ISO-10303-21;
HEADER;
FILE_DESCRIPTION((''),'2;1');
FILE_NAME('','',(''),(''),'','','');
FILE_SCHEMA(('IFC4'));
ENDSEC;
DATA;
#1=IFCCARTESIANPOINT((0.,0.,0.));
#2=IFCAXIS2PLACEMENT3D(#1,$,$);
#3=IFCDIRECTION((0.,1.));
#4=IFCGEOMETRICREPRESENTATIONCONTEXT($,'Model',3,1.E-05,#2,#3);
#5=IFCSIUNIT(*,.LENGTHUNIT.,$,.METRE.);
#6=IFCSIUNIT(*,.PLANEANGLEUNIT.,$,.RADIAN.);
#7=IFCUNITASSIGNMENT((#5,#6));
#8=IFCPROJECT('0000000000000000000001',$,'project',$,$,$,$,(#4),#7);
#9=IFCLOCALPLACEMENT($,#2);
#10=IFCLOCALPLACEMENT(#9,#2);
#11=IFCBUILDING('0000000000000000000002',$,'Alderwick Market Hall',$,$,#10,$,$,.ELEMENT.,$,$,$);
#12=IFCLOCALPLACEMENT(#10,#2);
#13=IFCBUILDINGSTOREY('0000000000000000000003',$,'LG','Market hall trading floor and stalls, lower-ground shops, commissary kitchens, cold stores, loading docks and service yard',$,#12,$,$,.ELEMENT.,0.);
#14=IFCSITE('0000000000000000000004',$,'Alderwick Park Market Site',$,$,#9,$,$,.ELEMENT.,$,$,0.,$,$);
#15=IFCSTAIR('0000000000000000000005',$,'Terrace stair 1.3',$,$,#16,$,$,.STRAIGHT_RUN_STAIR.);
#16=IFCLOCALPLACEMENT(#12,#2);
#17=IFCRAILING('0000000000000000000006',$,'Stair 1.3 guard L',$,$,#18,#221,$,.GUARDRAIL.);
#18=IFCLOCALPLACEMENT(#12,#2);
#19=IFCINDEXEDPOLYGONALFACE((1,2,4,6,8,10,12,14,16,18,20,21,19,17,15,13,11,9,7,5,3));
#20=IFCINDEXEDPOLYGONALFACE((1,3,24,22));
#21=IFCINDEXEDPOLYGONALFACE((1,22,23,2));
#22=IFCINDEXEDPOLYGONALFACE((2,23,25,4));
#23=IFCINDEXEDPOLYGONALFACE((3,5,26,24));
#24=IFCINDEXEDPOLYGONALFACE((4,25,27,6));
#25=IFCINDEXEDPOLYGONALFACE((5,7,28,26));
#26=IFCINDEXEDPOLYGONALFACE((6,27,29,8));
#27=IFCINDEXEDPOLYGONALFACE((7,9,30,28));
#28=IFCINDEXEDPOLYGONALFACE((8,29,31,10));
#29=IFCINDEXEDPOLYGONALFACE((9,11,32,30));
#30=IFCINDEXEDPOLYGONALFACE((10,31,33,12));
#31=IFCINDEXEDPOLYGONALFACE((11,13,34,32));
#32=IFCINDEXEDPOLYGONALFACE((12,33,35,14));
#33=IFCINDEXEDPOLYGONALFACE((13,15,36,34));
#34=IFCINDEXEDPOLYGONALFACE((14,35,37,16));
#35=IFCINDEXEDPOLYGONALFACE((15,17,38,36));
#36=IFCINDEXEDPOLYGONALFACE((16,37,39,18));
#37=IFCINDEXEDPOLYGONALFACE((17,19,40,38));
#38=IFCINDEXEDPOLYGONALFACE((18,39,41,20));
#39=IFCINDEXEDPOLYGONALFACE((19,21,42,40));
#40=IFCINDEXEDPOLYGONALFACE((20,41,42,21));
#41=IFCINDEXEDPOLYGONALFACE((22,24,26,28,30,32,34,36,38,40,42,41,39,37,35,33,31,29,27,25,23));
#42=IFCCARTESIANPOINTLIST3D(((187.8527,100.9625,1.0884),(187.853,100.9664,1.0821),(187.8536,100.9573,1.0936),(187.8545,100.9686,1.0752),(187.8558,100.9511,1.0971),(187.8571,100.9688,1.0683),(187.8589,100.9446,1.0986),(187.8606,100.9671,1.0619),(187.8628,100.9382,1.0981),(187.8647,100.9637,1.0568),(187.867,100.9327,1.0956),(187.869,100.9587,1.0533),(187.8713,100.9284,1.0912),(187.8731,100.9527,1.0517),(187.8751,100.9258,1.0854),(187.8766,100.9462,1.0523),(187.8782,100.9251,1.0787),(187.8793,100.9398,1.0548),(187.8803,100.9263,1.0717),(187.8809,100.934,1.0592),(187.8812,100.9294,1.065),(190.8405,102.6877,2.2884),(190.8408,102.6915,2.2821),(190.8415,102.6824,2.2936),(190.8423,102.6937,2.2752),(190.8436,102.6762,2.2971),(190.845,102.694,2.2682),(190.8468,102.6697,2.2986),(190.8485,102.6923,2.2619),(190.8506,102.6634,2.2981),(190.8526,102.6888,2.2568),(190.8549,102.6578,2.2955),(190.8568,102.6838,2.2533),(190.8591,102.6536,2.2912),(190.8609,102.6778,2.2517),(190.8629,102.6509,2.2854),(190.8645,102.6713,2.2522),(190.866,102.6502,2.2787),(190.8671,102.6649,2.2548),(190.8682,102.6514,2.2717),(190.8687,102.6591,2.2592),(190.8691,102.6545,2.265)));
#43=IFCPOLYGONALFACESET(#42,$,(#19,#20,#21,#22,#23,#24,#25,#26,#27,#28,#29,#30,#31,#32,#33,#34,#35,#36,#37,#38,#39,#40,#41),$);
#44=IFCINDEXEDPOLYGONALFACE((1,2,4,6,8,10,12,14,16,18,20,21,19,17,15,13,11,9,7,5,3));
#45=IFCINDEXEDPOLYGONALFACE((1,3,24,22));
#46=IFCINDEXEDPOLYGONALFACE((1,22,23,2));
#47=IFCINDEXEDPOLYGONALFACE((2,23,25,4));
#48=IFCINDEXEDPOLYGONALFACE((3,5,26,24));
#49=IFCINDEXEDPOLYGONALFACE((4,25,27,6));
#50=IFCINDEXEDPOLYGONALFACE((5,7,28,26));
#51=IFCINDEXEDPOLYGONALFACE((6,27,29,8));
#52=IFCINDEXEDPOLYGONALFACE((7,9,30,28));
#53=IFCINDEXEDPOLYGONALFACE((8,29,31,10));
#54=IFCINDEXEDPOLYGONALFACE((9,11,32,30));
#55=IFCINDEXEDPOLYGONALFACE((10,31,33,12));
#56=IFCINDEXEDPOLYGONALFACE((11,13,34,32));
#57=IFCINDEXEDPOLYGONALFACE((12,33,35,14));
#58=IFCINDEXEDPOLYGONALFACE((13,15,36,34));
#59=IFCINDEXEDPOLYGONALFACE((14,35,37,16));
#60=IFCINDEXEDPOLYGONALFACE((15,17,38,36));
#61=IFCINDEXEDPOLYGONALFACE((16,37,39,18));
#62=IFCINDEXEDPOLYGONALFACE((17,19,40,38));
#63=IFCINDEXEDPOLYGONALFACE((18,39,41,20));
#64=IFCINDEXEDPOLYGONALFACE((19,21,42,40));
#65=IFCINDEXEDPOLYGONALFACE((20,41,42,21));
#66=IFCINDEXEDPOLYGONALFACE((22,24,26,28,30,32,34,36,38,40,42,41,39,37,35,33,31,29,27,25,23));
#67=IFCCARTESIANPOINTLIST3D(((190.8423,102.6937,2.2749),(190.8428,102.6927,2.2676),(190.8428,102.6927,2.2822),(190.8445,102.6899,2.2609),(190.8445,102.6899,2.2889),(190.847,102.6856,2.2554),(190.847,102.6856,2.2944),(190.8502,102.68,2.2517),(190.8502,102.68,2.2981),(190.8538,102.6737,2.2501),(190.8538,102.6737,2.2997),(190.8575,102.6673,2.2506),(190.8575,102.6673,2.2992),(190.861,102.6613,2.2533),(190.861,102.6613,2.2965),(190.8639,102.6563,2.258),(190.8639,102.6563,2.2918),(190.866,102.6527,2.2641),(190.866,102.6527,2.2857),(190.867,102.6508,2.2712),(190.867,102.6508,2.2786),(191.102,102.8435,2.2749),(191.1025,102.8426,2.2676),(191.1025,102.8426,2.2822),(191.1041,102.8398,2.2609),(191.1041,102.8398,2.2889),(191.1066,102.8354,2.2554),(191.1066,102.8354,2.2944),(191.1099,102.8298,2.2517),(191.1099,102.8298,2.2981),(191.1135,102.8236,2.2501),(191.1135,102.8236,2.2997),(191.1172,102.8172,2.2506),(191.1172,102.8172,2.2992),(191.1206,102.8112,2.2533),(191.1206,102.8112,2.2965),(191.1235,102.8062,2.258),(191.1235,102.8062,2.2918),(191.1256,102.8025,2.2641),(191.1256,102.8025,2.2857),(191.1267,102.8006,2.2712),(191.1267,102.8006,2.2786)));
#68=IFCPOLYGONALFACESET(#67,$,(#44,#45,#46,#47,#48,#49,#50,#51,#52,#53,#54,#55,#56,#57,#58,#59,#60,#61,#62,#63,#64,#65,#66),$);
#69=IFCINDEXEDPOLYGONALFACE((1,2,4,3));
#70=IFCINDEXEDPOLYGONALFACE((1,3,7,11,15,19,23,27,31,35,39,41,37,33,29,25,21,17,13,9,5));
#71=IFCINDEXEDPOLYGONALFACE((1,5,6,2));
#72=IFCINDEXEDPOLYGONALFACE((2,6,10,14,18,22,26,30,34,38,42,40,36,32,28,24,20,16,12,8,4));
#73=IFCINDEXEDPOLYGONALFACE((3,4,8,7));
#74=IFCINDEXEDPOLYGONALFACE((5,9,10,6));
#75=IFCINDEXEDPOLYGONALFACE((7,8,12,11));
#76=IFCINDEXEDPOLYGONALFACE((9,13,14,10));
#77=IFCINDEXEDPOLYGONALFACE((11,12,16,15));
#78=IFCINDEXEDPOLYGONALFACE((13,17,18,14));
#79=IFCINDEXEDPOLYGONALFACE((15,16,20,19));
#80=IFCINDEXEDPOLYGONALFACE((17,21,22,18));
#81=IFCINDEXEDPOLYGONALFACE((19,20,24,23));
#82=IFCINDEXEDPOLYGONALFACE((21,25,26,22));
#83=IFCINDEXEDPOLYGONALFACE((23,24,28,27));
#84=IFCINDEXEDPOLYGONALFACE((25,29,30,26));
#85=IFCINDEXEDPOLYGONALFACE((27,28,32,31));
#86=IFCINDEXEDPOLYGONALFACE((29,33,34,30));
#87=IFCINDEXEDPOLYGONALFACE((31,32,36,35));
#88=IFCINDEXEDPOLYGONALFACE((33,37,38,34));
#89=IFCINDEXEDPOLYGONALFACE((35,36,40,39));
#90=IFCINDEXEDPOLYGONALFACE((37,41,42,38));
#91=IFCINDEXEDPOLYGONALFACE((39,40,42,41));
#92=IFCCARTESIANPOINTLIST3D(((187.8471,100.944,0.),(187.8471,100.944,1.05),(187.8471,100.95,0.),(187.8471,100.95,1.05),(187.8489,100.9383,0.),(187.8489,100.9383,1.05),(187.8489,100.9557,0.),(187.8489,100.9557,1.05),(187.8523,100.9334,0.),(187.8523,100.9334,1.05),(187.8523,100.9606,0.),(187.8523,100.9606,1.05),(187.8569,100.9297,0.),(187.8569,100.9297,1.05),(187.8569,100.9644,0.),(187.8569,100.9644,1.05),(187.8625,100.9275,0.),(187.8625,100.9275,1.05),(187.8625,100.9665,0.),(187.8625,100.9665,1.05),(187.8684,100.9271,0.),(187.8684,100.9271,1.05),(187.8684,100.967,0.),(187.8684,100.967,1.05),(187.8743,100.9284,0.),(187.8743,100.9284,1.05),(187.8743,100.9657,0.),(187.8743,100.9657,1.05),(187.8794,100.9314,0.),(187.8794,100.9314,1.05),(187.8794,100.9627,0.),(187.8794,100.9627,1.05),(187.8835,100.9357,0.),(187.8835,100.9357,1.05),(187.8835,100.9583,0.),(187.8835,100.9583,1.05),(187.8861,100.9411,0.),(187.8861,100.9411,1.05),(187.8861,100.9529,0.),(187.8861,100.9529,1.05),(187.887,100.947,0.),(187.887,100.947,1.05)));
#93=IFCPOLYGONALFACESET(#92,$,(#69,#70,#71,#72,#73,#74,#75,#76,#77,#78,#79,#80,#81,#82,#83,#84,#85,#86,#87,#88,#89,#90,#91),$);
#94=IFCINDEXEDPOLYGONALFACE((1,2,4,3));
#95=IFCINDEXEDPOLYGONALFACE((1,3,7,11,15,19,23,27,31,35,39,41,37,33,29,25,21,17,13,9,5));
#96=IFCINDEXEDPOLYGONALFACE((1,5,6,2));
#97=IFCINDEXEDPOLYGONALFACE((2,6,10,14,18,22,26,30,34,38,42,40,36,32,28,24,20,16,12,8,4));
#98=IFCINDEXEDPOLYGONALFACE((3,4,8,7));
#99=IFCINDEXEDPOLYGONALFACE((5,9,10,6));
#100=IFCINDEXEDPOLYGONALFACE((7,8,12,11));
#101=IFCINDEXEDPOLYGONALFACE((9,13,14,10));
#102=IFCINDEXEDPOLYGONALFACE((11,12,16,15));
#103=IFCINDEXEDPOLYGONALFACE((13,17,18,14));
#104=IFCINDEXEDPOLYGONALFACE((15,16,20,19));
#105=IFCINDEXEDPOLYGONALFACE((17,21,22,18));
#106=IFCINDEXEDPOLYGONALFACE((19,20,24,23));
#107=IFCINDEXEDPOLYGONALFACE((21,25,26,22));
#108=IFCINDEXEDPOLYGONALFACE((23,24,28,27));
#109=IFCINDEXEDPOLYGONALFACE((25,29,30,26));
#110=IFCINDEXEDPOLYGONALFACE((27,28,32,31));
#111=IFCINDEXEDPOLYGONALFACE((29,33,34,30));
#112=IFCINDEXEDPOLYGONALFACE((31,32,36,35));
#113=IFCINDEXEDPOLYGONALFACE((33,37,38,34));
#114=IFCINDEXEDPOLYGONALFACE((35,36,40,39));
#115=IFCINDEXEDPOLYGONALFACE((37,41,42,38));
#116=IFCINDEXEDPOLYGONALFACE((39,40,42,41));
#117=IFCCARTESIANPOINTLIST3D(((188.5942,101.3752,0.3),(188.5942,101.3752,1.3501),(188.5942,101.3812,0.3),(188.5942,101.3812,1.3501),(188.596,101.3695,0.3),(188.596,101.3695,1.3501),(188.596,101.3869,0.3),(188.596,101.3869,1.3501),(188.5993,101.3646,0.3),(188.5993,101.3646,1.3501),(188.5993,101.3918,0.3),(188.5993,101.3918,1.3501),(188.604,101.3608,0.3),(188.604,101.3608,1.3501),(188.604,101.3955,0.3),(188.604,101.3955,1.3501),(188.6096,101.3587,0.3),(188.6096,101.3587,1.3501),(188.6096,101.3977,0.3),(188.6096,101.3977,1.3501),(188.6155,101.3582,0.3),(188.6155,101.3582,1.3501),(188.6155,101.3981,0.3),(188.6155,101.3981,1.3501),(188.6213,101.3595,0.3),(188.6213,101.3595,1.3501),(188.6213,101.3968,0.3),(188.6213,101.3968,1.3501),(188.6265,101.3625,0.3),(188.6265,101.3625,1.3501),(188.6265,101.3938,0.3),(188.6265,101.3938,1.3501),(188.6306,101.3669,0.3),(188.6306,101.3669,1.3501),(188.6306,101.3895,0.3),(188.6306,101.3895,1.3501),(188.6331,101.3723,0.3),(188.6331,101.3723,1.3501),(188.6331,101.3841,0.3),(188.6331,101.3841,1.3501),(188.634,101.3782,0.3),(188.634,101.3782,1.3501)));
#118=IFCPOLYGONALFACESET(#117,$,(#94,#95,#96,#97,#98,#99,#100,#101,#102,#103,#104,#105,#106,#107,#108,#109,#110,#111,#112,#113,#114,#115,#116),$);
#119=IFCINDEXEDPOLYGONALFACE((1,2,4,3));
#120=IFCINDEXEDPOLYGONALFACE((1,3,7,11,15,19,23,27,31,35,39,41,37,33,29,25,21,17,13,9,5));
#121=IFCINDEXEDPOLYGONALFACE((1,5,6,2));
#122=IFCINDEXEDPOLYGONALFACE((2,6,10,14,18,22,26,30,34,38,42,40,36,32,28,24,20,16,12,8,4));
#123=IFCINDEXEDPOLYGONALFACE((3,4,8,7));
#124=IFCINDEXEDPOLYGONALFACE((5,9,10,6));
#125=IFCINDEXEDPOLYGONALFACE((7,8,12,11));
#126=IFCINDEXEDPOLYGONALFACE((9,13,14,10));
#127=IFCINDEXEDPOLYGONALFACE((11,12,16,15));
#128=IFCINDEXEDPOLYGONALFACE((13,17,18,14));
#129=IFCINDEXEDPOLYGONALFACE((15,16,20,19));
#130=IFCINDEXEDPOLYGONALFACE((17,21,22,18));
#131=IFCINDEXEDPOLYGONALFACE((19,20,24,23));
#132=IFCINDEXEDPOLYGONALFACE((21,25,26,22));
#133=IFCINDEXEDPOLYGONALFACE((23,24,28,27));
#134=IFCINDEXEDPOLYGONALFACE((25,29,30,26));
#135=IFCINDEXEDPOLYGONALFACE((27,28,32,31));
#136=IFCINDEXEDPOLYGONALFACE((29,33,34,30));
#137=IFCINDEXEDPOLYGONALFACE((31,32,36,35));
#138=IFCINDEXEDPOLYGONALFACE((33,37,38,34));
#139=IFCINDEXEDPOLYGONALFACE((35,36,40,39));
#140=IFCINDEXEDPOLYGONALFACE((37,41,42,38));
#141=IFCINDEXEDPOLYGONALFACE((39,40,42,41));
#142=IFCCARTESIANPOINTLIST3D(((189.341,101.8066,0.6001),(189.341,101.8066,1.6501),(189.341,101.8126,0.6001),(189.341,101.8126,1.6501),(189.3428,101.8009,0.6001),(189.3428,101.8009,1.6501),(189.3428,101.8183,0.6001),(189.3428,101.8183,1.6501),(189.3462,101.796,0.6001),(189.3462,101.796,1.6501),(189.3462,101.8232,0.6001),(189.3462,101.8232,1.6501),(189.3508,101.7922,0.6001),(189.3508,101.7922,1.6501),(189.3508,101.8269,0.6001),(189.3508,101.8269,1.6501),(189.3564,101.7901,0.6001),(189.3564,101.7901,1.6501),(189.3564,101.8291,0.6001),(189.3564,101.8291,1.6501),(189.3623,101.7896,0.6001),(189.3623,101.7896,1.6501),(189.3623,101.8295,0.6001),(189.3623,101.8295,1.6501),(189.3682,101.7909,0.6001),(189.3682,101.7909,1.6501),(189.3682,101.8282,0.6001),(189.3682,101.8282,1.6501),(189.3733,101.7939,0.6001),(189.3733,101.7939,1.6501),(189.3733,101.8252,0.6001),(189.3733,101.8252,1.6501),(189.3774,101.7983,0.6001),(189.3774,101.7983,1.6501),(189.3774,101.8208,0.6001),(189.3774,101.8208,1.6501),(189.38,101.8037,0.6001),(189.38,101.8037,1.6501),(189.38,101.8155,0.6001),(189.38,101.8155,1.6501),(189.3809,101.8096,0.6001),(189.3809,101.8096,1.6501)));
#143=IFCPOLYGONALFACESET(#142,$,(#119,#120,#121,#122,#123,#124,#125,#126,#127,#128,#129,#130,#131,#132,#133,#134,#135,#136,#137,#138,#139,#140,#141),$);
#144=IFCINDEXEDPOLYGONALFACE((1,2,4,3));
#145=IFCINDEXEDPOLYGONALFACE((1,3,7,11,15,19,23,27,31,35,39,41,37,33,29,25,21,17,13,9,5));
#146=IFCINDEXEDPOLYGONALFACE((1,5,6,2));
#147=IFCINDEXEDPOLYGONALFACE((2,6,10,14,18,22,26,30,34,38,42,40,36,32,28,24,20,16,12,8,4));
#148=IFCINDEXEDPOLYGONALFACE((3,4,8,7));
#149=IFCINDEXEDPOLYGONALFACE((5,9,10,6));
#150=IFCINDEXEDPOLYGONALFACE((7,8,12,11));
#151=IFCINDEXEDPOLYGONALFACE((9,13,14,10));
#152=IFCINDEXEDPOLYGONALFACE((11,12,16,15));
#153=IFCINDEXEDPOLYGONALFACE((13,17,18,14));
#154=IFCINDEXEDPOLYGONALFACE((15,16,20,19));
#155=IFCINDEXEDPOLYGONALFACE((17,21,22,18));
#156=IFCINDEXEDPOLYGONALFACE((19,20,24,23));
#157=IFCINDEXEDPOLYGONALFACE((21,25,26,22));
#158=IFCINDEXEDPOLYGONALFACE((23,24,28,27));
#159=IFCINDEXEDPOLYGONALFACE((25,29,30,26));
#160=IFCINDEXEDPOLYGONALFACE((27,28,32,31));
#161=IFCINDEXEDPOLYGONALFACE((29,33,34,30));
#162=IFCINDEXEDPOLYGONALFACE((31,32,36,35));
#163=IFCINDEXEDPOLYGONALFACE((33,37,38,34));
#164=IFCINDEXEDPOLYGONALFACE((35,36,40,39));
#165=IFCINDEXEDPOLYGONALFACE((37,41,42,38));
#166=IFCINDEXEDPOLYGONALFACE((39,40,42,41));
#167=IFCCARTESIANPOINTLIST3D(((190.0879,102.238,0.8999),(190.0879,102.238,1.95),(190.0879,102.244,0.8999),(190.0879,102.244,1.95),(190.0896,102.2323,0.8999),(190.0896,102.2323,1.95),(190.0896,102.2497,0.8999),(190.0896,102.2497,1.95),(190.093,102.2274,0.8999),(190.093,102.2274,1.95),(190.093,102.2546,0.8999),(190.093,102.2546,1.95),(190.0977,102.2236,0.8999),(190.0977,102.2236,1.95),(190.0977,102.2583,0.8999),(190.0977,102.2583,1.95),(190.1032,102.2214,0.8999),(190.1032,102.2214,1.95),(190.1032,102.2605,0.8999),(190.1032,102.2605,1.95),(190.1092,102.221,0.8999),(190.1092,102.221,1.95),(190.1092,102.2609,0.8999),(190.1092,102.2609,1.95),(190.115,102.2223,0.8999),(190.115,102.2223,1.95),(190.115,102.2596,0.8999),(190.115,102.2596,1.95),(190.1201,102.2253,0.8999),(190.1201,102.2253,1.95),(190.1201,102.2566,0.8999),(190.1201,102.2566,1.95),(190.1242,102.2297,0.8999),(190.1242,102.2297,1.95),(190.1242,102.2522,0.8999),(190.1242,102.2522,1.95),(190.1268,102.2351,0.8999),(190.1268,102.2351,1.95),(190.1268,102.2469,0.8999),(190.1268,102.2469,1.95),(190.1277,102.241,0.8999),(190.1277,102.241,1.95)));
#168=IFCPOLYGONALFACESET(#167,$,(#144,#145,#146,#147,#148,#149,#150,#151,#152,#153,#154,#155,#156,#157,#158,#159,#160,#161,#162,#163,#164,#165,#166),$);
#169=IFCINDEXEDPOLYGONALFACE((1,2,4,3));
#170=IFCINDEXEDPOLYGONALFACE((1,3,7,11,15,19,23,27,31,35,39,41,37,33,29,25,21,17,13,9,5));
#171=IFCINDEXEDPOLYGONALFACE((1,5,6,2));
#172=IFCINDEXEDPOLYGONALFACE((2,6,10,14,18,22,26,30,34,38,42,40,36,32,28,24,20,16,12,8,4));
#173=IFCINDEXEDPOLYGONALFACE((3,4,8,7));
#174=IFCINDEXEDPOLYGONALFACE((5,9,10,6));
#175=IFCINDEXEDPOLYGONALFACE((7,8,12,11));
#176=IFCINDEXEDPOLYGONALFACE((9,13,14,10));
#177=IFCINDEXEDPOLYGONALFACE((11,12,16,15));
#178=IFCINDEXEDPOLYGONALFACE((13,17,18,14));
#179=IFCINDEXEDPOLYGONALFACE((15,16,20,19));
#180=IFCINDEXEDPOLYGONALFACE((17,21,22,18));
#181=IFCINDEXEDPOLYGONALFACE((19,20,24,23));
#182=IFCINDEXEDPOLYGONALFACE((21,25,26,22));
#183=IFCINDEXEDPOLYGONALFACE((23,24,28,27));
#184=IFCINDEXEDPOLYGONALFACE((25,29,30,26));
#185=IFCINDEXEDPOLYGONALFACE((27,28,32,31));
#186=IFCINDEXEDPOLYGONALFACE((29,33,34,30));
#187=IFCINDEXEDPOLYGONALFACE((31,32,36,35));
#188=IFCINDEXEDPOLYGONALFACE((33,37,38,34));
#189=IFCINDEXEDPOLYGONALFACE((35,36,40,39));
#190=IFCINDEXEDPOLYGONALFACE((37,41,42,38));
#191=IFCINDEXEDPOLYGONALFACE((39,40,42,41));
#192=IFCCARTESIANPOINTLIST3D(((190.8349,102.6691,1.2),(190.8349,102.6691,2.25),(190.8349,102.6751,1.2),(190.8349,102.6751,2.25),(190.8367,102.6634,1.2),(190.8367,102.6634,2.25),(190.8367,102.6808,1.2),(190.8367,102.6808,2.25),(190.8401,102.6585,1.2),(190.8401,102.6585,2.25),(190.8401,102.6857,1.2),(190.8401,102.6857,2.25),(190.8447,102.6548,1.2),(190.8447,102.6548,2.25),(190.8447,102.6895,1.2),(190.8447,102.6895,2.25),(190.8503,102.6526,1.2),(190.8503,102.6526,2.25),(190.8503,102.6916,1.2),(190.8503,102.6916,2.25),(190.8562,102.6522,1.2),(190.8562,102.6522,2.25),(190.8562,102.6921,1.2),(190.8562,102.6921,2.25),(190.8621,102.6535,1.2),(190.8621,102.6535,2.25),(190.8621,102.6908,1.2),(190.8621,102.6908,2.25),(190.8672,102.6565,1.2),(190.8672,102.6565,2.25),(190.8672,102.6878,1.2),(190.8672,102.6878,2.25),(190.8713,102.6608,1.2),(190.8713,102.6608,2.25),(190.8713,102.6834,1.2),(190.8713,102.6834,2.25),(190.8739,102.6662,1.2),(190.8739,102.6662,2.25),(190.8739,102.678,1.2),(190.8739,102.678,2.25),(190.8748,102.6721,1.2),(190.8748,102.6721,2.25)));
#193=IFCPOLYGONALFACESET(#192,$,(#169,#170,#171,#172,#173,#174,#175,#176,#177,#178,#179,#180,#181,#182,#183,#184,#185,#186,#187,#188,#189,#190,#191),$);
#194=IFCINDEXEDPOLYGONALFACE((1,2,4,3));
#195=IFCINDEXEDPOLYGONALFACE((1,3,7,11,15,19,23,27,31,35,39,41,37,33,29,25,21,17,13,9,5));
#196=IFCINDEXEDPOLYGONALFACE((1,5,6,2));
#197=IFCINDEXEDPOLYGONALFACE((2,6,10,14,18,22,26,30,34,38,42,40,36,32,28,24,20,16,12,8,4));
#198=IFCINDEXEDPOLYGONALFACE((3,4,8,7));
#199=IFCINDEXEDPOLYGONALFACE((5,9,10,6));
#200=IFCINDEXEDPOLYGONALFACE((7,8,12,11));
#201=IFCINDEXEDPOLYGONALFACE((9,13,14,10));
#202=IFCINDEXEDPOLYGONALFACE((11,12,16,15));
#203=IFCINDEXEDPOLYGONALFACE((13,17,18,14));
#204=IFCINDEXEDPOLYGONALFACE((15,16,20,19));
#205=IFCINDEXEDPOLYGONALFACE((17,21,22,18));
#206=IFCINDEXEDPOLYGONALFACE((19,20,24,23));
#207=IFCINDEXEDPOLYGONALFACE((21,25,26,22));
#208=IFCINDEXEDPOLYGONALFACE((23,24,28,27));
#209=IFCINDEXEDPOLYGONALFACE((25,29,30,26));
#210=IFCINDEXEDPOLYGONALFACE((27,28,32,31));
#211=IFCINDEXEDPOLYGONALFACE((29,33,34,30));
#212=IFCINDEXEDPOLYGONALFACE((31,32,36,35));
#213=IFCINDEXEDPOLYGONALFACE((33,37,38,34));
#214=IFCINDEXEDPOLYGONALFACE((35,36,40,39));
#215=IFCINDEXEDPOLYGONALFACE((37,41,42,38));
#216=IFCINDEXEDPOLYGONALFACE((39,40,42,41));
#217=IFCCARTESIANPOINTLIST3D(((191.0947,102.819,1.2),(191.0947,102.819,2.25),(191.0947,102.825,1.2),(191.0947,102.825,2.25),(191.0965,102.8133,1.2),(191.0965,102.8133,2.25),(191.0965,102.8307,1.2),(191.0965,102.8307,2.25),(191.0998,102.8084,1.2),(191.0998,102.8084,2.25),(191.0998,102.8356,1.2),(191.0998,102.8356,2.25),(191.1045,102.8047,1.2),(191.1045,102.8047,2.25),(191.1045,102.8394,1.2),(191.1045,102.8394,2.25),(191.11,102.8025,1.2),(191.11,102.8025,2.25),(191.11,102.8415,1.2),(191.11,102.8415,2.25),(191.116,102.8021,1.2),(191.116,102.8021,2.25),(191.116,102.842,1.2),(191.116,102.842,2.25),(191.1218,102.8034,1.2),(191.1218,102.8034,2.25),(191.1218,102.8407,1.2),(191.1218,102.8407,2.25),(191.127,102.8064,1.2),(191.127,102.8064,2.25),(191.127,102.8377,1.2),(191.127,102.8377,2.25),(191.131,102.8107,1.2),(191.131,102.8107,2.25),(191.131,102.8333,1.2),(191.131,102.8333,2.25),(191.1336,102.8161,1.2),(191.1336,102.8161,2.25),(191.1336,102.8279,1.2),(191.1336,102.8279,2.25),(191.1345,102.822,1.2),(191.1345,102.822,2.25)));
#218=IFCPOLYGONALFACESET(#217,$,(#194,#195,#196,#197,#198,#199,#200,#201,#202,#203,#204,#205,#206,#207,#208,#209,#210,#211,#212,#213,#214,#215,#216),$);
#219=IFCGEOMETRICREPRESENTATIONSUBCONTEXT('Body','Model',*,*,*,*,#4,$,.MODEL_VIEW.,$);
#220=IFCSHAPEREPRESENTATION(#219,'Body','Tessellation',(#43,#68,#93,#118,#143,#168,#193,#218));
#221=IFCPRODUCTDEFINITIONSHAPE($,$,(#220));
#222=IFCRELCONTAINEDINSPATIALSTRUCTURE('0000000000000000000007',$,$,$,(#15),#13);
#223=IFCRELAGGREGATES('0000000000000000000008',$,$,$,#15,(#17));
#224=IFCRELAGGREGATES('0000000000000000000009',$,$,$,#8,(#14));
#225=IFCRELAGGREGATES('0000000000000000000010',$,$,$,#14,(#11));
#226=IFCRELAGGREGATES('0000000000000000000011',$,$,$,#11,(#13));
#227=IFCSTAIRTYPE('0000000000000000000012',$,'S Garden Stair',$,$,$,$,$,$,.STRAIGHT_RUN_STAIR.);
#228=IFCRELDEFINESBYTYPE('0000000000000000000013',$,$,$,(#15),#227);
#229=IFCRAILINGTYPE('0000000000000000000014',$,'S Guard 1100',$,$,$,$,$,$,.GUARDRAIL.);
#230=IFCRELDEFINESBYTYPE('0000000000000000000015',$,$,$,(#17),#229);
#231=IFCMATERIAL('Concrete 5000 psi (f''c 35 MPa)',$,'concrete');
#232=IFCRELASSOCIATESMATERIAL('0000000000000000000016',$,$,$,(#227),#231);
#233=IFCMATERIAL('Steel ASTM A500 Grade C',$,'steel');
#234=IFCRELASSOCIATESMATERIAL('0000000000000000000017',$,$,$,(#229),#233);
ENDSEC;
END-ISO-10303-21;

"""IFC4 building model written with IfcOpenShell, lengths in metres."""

from ifc_helpers import new_model, si_unit, direction, frame, origin, origin_2d, place, context, subcontext, project, spatial, circle, extrude, material, type_object, element, aggregate, save


model = new_model("IFC4")

# Units and contexts
model_context = context("Model", 3, precision=1e-05, world=origin(), true_north=direction((0.0, 1.0)))
body_context = subcontext(model_context, "Body", "Model", "MODEL_VIEW")
ifc_project = project(units=[si_unit("LENGTHUNIT", "METRE"), si_unit("PLANEANGLEUNIT", "RADIAN")], contexts=[model_context])

# Site, building, storey
site_placement = place(None, origin())
site = spatial("IfcSite", under=ifc_project, at=site_placement, Name="Alderwick Park Market Site", CompositionType="ELEMENT", RefElevation=0.0)
building_placement = place(site_placement, origin())
building = spatial("IfcBuilding", under=site, at=building_placement, Name="Alderwick Market Hall", CompositionType="ELEMENT")
storey_placement = place(building_placement, origin())
storey = spatial("IfcBuildingStorey", under=building, at=storey_placement, Name="LG", Description="Market hall trading floor and stalls, lower-ground shops, commissary kitchens, cold stores, loading docks and service yard", CompositionType="ELEMENT", Elevation=0.0)

# Shared definitions
ifc_material_1 = material(Name="Concrete 5000 psi (f'c 35 MPa)", Category="concrete")

# Stair
stair_type = type_object("IfcStairType", Name="S Garden Stair", PredefinedType="STRAIGHT_RUN_STAIR", material=ifc_material_1)
stair_1_placement = place(storey_placement, origin())
stair_1 = element("IfcStair", 1, at=stair_1_placement, inside=storey, type_object=stair_type, Name="Terrace stair 1.3", PredefinedType="STRAIGHT_RUN_STAIR")

# Shared definitions
ifc_material_2 = material(Name="Steel ASTM A500 Grade C", Category="steel")
railing_type_1 = type_object("IfcRailingType", Name="S Guard 1100", PredefinedType="GUARDRAIL", material=ifc_material_2)

# Railing
railing_1_placement = place(storey_placement, frame((187.8669, 100.947, 0.0)))
railing_1 = element("IfcRailing", 2, at=railing_1_placement, type_object=railing_type_1, Name="Stair 1.3 guard L", PredefinedType="GUARDRAIL", context=body_context, shape_type="SweptSolid", body=[
    extrude(circle(Radius=0.0249, at=origin_2d()), frame((0.0, 0.0, 1.0752), z_axis=(0.817952, 0.472271, 0.328504), x_axis=(-0.500021, 0.866014, 0.0)), (0.0, 0.0, 1.0), 3.6528),
    extrude(circle(Radius=0.0249, at=origin_2d()), frame((2.9878, 1.7251, 2.2749), z_axis=(0.866131, 0.499816, 0.0), x_axis=(-0.499816, 0.866131, 0.0)), (0.0, 0.0, 1.0), 0.2998),
    extrude(circle(Radius=0.02, at=origin_2d()), origin(), (0.0, 0.0, 1.0), 1.05),
    extrude(circle(Radius=0.02, at=origin_2d()), frame((0.7471, 0.4312, 0.3)), (0.0, 0.0, 1.0), 1.05),
    extrude(circle(Radius=0.02, at=origin_2d()), frame((1.4939, 0.8625, 0.6001)), (0.0, 0.0, 1.0), 1.05),
    extrude(circle(Radius=0.02, at=origin_2d()), frame((2.2407, 1.2939, 0.8999)), (0.0, 0.0, 1.0), 1.05),
    extrude(circle(Radius=0.02, at=origin_2d()), frame((2.9878, 1.7251, 1.2)), (0.0, 0.0, 1.0), 1.05),
    extrude(circle(Radius=0.02, at=origin_2d()), frame((3.2476, 1.875, 1.2)), (0.0, 0.0, 1.0), 1.05),
])
aggregate(stair_1, [railing_1])

save(model, "model.ifc")
